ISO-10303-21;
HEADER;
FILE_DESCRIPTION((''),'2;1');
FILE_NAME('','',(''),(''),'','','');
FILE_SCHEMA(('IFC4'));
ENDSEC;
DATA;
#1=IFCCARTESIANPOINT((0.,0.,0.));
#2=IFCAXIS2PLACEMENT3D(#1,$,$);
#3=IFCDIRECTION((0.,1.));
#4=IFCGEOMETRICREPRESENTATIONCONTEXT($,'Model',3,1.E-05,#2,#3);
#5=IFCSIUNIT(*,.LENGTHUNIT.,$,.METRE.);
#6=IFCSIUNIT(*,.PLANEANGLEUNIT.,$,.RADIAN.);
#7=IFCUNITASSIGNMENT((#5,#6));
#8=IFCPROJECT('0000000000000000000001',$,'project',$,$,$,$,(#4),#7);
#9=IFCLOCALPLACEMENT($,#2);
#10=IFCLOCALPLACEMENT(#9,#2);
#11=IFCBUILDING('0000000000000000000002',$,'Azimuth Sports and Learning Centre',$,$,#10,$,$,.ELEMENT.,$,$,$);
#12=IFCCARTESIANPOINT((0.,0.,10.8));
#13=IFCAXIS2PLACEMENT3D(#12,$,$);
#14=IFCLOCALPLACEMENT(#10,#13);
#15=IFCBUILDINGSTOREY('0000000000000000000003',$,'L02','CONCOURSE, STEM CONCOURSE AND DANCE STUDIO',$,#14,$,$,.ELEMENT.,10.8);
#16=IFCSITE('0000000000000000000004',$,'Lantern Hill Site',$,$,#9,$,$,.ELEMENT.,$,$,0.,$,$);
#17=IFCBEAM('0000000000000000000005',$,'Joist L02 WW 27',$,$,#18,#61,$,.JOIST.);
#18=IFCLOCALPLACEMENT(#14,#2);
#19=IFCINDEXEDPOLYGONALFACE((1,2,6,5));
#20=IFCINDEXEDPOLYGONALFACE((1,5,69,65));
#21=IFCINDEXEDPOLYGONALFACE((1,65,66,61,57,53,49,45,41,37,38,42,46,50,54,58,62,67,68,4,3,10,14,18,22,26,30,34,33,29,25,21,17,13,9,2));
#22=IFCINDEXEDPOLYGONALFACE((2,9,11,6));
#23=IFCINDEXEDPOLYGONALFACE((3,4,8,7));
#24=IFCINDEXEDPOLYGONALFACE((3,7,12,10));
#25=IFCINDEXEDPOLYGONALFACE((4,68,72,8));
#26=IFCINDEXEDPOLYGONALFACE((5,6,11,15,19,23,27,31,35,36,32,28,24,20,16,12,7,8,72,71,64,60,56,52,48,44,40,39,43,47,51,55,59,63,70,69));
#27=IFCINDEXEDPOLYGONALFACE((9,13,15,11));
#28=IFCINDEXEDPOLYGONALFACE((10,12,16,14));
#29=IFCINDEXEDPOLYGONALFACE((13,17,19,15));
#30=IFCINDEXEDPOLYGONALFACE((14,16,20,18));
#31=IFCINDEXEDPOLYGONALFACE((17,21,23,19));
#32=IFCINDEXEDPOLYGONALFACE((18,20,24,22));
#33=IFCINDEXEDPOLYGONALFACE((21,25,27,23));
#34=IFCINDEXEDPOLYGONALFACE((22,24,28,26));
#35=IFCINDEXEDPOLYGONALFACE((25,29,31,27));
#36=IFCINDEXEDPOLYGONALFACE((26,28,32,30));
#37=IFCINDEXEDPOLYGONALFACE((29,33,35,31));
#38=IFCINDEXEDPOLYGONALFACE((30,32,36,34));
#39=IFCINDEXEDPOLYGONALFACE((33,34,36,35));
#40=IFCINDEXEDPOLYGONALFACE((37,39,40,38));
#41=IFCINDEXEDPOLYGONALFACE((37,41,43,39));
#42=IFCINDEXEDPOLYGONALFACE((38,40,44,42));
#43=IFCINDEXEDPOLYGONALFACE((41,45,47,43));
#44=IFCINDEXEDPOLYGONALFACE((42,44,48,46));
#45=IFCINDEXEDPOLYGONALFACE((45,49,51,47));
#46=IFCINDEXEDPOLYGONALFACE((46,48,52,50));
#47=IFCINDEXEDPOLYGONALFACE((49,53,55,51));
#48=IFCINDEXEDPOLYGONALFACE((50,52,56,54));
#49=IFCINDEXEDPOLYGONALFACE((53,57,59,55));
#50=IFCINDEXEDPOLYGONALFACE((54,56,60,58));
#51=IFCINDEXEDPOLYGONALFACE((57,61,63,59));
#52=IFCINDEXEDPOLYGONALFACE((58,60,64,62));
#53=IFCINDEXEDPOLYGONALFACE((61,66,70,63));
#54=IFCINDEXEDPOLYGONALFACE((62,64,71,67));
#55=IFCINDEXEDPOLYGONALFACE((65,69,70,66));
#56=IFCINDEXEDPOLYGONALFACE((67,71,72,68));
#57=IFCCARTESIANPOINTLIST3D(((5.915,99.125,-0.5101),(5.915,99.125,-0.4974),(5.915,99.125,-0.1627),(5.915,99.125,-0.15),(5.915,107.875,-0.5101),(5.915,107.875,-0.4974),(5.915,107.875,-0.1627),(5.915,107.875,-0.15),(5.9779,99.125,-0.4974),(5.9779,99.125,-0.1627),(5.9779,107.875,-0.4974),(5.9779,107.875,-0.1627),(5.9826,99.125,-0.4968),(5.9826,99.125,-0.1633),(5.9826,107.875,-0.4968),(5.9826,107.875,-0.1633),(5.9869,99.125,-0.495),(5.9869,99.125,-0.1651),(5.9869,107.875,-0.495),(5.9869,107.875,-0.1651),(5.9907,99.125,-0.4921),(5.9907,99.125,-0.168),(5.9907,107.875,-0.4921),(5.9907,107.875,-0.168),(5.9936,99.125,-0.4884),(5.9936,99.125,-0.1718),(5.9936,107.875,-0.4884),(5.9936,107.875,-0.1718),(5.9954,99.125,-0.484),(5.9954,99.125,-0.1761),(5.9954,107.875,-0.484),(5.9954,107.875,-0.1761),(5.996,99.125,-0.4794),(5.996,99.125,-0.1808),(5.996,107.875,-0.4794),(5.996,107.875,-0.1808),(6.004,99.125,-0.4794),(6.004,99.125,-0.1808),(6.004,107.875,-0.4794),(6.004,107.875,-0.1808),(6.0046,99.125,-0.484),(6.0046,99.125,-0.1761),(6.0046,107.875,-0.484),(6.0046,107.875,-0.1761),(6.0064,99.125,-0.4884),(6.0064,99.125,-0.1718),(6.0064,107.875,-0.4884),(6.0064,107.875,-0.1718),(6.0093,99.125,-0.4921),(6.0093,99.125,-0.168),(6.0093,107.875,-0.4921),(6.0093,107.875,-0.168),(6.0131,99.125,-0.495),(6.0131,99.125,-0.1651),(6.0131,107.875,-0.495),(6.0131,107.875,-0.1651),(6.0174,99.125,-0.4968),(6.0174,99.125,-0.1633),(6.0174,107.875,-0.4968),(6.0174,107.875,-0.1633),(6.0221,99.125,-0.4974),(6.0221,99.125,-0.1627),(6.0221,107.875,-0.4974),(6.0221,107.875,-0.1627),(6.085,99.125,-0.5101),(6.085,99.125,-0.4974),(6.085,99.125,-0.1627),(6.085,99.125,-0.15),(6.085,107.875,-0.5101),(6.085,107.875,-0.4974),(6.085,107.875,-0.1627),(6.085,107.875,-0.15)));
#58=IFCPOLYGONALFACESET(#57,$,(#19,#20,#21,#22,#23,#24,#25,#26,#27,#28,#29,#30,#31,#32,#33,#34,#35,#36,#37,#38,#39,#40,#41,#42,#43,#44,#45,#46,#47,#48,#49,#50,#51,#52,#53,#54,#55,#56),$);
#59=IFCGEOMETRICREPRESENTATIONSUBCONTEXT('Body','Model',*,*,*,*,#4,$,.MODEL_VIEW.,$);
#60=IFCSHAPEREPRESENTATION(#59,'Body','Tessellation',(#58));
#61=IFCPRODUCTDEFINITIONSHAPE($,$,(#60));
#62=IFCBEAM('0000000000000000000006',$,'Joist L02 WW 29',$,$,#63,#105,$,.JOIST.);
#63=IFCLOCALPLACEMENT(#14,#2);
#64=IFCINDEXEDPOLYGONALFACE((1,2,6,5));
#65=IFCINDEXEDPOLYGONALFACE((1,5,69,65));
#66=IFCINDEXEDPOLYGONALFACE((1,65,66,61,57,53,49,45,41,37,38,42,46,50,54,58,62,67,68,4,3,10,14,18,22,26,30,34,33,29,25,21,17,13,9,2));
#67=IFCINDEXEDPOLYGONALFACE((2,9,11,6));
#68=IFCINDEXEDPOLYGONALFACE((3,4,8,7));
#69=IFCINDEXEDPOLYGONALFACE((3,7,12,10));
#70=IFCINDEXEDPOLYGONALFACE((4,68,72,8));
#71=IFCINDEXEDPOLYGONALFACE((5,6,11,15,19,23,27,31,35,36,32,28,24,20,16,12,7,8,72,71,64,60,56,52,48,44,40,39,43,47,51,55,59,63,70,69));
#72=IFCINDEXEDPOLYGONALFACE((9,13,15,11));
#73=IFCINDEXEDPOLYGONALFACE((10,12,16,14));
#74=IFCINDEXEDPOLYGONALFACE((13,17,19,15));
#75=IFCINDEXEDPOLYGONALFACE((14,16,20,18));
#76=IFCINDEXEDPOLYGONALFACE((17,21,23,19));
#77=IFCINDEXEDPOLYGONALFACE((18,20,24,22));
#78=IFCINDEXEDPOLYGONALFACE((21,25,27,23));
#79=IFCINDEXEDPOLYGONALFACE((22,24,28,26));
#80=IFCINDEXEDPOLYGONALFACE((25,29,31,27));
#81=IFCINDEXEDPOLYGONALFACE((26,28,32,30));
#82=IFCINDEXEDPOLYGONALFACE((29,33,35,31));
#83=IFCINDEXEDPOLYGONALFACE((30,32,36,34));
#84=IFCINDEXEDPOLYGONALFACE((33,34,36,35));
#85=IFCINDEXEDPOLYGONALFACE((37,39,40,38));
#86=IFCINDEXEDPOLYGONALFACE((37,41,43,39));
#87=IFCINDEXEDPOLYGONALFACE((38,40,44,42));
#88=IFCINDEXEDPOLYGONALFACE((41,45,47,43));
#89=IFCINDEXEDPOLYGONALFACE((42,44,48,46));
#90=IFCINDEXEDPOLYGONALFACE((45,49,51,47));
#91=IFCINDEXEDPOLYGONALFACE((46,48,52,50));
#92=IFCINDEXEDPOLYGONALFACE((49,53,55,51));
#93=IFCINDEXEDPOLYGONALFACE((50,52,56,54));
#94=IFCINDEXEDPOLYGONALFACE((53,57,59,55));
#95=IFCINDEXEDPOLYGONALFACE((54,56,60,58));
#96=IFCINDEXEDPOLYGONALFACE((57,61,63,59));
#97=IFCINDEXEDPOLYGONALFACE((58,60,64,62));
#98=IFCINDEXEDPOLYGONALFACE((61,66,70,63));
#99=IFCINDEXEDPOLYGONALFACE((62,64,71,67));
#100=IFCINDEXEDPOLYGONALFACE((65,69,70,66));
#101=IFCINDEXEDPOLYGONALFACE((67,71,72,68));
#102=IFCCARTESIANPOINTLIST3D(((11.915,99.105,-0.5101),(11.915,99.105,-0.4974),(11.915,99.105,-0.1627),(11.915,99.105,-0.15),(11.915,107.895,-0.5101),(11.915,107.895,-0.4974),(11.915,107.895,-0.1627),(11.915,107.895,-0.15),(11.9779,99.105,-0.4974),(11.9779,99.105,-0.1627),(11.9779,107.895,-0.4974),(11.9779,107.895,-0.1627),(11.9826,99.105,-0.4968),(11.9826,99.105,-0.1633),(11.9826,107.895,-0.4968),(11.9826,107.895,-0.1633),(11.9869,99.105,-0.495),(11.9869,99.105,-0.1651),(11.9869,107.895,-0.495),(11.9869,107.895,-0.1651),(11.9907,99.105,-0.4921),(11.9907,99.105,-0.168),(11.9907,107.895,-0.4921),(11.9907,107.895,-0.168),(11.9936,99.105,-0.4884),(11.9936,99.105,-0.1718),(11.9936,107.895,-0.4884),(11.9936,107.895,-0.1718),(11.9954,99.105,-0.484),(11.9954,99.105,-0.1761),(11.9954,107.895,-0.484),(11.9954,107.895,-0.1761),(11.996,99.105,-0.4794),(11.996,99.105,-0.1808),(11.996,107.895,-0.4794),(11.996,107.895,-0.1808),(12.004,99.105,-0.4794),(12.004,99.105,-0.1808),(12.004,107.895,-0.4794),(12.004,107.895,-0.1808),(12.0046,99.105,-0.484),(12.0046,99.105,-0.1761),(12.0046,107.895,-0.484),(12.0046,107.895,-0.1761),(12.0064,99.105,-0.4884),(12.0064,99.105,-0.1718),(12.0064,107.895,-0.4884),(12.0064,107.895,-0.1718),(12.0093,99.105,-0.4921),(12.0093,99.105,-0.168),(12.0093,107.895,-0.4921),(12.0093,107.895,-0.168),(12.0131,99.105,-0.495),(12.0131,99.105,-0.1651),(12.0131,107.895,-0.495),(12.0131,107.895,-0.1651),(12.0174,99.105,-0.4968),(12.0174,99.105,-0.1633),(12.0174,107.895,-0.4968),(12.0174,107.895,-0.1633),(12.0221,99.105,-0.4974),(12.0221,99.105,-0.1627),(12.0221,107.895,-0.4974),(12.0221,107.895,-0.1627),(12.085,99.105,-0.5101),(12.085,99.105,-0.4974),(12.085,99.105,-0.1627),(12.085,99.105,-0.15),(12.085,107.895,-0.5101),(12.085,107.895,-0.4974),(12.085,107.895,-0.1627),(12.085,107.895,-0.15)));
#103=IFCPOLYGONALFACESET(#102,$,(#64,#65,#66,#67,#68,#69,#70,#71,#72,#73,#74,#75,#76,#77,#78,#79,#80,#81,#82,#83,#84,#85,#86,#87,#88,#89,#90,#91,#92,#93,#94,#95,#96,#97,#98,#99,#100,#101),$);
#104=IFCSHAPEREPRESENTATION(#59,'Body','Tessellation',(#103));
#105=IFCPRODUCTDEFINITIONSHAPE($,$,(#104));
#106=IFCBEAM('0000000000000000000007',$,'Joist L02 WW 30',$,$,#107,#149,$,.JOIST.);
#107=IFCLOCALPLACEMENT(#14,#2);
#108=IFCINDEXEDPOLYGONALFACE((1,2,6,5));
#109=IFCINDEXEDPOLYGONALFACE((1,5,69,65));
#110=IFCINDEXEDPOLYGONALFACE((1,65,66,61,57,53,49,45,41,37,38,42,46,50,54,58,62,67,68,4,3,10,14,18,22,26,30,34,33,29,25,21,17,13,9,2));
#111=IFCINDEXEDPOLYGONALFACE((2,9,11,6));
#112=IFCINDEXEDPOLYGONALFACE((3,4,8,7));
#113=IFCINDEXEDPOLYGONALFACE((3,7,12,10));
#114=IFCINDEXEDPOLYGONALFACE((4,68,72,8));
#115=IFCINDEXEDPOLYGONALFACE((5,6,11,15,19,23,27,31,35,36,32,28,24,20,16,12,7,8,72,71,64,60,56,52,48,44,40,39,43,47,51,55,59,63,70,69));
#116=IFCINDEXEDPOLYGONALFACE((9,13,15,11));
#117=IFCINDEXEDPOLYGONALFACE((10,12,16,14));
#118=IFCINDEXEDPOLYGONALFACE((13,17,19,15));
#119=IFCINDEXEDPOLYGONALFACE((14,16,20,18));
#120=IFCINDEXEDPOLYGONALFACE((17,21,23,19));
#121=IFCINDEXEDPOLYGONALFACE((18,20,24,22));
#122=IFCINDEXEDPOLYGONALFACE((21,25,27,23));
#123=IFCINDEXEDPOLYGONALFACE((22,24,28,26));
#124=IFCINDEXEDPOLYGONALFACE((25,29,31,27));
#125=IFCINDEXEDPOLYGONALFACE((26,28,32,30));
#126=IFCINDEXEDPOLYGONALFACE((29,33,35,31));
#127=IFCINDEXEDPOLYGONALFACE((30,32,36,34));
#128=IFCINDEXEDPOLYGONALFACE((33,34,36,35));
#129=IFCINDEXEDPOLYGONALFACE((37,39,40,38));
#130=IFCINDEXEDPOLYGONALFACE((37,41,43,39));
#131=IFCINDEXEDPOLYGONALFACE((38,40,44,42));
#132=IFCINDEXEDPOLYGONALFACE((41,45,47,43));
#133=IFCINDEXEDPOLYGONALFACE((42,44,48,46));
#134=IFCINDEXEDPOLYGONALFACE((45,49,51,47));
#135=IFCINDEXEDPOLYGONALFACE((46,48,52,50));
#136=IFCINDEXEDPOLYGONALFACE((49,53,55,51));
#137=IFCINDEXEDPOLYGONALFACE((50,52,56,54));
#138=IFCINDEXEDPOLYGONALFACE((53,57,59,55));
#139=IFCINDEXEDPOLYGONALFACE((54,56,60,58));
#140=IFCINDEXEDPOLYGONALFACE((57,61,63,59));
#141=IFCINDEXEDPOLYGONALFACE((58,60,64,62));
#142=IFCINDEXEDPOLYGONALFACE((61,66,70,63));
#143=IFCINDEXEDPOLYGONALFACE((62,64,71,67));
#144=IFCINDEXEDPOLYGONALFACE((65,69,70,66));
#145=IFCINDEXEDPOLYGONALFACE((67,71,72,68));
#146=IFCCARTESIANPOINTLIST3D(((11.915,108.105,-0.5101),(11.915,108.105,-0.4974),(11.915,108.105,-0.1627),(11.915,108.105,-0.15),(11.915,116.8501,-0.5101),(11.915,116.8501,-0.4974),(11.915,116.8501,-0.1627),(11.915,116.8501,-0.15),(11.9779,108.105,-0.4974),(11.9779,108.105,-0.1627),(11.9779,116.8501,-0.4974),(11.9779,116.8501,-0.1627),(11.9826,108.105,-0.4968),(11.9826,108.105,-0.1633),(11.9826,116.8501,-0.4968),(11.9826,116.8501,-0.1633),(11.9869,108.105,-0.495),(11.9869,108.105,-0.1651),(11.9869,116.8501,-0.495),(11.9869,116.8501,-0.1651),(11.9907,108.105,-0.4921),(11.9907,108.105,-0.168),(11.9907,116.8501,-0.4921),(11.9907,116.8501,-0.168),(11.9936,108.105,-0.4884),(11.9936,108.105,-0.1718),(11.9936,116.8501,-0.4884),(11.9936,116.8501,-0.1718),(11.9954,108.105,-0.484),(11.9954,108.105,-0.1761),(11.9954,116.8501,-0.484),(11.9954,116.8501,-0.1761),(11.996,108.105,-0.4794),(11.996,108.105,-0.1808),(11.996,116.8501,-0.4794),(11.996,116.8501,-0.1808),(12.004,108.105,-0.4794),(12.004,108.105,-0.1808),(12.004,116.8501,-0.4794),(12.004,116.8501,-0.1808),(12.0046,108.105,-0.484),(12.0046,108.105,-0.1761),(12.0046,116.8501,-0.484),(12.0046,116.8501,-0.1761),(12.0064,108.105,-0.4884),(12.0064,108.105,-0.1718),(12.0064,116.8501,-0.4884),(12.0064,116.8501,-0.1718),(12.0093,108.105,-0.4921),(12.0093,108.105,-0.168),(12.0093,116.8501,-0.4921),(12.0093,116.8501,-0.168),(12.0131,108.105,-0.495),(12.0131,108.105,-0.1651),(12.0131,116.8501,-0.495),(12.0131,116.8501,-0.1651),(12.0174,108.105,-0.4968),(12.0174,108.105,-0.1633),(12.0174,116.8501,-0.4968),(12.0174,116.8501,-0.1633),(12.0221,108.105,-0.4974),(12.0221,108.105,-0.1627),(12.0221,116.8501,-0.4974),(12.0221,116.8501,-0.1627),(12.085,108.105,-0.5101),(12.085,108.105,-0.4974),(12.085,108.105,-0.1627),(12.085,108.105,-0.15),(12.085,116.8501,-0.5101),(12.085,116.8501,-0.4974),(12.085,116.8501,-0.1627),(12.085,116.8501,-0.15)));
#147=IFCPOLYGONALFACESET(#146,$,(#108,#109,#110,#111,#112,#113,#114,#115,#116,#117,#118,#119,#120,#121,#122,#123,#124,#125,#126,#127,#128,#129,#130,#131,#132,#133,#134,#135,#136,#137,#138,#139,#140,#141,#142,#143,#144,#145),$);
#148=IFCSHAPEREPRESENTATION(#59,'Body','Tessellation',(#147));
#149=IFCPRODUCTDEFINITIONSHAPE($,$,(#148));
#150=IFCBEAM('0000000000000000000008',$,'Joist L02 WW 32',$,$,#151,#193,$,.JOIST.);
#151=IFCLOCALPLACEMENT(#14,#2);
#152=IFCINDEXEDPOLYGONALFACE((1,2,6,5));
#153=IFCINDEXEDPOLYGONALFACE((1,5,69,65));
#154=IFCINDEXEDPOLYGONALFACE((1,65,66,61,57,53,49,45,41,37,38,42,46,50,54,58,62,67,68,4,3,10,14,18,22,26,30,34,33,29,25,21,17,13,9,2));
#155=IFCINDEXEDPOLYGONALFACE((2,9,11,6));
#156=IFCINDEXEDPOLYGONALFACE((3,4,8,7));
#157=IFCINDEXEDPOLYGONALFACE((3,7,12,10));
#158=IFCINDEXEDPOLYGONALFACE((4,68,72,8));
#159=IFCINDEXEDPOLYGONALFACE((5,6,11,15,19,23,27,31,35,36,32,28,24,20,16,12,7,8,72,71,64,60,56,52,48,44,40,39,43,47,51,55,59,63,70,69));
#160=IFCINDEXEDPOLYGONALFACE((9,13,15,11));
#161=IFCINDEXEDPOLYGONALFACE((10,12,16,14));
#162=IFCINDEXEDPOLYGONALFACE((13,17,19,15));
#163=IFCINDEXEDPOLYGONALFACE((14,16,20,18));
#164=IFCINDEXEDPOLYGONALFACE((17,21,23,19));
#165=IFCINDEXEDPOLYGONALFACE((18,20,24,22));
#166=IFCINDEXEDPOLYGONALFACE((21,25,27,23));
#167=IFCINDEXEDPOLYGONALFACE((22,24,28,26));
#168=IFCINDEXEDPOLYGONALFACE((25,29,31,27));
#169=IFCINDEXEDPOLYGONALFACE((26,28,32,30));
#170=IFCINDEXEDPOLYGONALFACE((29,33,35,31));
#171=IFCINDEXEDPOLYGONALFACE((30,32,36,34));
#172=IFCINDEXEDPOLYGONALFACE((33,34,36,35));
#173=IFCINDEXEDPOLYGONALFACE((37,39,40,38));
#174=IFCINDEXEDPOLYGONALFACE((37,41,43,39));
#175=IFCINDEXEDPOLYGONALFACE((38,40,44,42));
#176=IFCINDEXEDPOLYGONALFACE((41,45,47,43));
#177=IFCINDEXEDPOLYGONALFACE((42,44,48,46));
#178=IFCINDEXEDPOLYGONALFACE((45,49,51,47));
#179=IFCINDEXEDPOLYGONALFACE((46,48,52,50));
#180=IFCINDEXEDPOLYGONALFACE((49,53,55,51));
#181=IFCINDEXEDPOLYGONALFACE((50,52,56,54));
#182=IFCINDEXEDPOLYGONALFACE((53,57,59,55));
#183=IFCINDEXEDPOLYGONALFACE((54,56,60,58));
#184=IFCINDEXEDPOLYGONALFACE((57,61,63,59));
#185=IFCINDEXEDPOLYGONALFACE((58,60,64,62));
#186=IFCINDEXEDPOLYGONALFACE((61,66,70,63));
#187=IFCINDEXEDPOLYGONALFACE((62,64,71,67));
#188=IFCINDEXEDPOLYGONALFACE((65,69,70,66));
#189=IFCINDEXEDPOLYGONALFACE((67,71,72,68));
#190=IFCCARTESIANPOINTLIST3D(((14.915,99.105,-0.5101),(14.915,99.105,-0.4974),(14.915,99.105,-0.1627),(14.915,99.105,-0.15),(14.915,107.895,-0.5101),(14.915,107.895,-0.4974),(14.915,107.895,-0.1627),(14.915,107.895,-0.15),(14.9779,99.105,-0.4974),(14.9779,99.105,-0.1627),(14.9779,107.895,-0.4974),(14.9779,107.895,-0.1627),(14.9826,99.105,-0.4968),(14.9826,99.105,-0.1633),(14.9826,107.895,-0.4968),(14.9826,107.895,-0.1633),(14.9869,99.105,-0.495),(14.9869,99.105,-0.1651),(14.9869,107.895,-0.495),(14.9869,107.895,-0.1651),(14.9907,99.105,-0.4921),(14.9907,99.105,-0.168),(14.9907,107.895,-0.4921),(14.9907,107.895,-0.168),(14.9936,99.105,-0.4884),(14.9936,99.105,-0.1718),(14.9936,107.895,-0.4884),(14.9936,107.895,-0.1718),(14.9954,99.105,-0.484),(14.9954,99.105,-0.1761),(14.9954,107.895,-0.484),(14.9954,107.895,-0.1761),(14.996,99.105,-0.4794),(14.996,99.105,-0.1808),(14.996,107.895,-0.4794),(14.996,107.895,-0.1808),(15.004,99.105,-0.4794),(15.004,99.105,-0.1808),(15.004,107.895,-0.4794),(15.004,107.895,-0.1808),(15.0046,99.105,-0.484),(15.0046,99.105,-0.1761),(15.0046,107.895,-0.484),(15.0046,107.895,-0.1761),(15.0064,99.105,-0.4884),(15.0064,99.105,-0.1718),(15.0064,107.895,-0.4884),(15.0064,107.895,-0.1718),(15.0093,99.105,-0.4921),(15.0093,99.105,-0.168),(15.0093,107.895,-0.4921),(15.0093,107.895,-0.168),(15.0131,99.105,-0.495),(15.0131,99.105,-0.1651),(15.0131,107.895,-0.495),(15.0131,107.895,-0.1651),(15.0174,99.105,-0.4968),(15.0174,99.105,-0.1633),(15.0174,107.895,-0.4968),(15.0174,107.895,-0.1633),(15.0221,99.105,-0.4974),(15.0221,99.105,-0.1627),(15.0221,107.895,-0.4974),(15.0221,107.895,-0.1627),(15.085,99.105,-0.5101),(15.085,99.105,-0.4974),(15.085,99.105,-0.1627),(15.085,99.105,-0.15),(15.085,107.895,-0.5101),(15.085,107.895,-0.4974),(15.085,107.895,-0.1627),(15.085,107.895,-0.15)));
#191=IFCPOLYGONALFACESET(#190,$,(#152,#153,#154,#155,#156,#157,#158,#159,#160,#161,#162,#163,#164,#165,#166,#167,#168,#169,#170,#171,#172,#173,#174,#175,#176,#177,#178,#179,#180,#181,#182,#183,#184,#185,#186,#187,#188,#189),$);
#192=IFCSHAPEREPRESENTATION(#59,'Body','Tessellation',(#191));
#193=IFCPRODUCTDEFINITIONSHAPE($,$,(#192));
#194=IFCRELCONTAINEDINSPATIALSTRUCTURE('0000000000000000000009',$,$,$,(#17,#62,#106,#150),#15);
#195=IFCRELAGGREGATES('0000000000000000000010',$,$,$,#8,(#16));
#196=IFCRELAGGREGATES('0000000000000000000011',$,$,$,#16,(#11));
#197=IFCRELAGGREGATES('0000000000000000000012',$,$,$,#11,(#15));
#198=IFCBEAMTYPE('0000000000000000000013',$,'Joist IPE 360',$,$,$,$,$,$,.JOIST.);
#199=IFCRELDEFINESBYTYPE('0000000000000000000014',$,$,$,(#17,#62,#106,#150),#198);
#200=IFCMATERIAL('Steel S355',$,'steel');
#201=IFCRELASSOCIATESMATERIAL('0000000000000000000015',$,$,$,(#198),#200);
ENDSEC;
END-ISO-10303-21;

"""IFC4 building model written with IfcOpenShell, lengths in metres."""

from ifc_helpers import new_model, si_unit, direction, frame, origin, origin_2d, place, context, subcontext, project, spatial, i_section, extrude, material, material_profile, profile_set, type_object, element, save


model = new_model("IFC4")

# Units and contexts
model_context = context("Model", 3, precision=1e-05, world=origin(), true_north=direction((0.0, 1.0)))
body_context = subcontext(model_context, "Body", "Model", "MODEL_VIEW")
ifc_project = project(units=[si_unit("LENGTHUNIT", "METRE"), si_unit("PLANEANGLEUNIT", "RADIAN")], contexts=[model_context])

# Site, building, storey
site_placement = place(None, origin())
site = spatial("IfcSite", under=ifc_project, at=site_placement, Name="Lantern Hill Site", CompositionType="ELEMENT", RefElevation=0.0)
building_placement = place(site_placement, origin())
building = spatial("IfcBuilding", under=site, at=building_placement, Name="Azimuth Sports and Learning Centre", CompositionType="ELEMENT")
storey_placement = place(building_placement, frame((0.0, 0.0, 10.8)))
storey = spatial("IfcBuildingStorey", under=building, at=storey_placement, Name="L02", Description="CONCOURSE, STEM CONCOURSE AND DANCE STUDIO", CompositionType="ELEMENT", Elevation=10.8)

# Beams
ifc_material_1 = material(Name="Steel S355", Category="steel")
ifc_material_profile_1 = material_profile(ifc_material_1, i_section(OverallWidth=0.1699, OverallDepth=0.3601, WebThickness=0.0081, FlangeThickness=0.0127, FilletRadius=0.0181, at=origin_2d()), Name="IPE 360")
ifc_profile_set_1 = profile_set([ifc_material_profile_1], Name="Steel S355")
beam_type_1 = type_object("IfcBeamType", Name="Joist IPE 360", PredefinedType="JOIST", material=ifc_profile_set_1)
beam_1_placement = place(storey_placement, frame((6.0, 99.125, -0.3301), z_axis=(0.0, 1.0, 0.0), x_axis=(-1.0, 0.0, 0.0)))
element("IfcBeam", 1, at=beam_1_placement, inside=storey, type_object=beam_type_1, Name="Joist L02 WW 27", PredefinedType="JOIST", context=body_context, shape_type="SweptSolid", body=[
    extrude(i_section(OverallWidth=0.1699, OverallDepth=0.3601, WebThickness=0.0081, FlangeThickness=0.0127, FilletRadius=0.0181, at=origin_2d()), origin(), (0.0, 0.0, 1.0), 8.75),
])
beam_2_placement = place(storey_placement, frame((12.0, 99.105, -0.3301), z_axis=(0.0, 1.0, 0.0), x_axis=(-1.0, 0.0, 0.0)))
element("IfcBeam", 2, at=beam_2_placement, inside=storey, type_object=beam_type_1, Name="Joist L02 WW 29", PredefinedType="JOIST", context=body_context, shape_type="SweptSolid", body=[
    extrude(i_section(OverallWidth=0.1699, OverallDepth=0.3601, WebThickness=0.0081, FlangeThickness=0.0127, FilletRadius=0.0181, at=origin_2d()), origin(), (0.0, 0.0, 1.0), 8.79),
])
beam_3_placement = place(storey_placement, frame((12.0, 108.105, -0.3301), z_axis=(0.0, 1.0, 0.0), x_axis=(-1.0, 0.0, 0.0)))
element("IfcBeam", 3, at=beam_3_placement, inside=storey, type_object=beam_type_1, Name="Joist L02 WW 30", PredefinedType="JOIST", context=body_context, shape_type="SweptSolid", body=[
    extrude(i_section(OverallWidth=0.1699, OverallDepth=0.3601, WebThickness=0.0081, FlangeThickness=0.0127, FilletRadius=0.0181, at=origin_2d()), origin(), (0.0, 0.0, 1.0), 8.7451),
])
beam_4_placement = place(storey_placement, frame((15.0, 99.105, -0.3301), z_axis=(0.0, 1.0, 0.0), x_axis=(-1.0, 0.0, 0.0)))
element("IfcBeam", 4, at=beam_4_placement, inside=storey, type_object=beam_type_1, Name="Joist L02 WW 32", PredefinedType="JOIST", context=body_context, shape_type="SweptSolid", body=[
    extrude(i_section(OverallWidth=0.1699, OverallDepth=0.3601, WebThickness=0.0081, FlangeThickness=0.0127, FilletRadius=0.0181, at=origin_2d()), origin(), (0.0, 0.0, 1.0), 8.79),
])

save(model, "model.ifc")
